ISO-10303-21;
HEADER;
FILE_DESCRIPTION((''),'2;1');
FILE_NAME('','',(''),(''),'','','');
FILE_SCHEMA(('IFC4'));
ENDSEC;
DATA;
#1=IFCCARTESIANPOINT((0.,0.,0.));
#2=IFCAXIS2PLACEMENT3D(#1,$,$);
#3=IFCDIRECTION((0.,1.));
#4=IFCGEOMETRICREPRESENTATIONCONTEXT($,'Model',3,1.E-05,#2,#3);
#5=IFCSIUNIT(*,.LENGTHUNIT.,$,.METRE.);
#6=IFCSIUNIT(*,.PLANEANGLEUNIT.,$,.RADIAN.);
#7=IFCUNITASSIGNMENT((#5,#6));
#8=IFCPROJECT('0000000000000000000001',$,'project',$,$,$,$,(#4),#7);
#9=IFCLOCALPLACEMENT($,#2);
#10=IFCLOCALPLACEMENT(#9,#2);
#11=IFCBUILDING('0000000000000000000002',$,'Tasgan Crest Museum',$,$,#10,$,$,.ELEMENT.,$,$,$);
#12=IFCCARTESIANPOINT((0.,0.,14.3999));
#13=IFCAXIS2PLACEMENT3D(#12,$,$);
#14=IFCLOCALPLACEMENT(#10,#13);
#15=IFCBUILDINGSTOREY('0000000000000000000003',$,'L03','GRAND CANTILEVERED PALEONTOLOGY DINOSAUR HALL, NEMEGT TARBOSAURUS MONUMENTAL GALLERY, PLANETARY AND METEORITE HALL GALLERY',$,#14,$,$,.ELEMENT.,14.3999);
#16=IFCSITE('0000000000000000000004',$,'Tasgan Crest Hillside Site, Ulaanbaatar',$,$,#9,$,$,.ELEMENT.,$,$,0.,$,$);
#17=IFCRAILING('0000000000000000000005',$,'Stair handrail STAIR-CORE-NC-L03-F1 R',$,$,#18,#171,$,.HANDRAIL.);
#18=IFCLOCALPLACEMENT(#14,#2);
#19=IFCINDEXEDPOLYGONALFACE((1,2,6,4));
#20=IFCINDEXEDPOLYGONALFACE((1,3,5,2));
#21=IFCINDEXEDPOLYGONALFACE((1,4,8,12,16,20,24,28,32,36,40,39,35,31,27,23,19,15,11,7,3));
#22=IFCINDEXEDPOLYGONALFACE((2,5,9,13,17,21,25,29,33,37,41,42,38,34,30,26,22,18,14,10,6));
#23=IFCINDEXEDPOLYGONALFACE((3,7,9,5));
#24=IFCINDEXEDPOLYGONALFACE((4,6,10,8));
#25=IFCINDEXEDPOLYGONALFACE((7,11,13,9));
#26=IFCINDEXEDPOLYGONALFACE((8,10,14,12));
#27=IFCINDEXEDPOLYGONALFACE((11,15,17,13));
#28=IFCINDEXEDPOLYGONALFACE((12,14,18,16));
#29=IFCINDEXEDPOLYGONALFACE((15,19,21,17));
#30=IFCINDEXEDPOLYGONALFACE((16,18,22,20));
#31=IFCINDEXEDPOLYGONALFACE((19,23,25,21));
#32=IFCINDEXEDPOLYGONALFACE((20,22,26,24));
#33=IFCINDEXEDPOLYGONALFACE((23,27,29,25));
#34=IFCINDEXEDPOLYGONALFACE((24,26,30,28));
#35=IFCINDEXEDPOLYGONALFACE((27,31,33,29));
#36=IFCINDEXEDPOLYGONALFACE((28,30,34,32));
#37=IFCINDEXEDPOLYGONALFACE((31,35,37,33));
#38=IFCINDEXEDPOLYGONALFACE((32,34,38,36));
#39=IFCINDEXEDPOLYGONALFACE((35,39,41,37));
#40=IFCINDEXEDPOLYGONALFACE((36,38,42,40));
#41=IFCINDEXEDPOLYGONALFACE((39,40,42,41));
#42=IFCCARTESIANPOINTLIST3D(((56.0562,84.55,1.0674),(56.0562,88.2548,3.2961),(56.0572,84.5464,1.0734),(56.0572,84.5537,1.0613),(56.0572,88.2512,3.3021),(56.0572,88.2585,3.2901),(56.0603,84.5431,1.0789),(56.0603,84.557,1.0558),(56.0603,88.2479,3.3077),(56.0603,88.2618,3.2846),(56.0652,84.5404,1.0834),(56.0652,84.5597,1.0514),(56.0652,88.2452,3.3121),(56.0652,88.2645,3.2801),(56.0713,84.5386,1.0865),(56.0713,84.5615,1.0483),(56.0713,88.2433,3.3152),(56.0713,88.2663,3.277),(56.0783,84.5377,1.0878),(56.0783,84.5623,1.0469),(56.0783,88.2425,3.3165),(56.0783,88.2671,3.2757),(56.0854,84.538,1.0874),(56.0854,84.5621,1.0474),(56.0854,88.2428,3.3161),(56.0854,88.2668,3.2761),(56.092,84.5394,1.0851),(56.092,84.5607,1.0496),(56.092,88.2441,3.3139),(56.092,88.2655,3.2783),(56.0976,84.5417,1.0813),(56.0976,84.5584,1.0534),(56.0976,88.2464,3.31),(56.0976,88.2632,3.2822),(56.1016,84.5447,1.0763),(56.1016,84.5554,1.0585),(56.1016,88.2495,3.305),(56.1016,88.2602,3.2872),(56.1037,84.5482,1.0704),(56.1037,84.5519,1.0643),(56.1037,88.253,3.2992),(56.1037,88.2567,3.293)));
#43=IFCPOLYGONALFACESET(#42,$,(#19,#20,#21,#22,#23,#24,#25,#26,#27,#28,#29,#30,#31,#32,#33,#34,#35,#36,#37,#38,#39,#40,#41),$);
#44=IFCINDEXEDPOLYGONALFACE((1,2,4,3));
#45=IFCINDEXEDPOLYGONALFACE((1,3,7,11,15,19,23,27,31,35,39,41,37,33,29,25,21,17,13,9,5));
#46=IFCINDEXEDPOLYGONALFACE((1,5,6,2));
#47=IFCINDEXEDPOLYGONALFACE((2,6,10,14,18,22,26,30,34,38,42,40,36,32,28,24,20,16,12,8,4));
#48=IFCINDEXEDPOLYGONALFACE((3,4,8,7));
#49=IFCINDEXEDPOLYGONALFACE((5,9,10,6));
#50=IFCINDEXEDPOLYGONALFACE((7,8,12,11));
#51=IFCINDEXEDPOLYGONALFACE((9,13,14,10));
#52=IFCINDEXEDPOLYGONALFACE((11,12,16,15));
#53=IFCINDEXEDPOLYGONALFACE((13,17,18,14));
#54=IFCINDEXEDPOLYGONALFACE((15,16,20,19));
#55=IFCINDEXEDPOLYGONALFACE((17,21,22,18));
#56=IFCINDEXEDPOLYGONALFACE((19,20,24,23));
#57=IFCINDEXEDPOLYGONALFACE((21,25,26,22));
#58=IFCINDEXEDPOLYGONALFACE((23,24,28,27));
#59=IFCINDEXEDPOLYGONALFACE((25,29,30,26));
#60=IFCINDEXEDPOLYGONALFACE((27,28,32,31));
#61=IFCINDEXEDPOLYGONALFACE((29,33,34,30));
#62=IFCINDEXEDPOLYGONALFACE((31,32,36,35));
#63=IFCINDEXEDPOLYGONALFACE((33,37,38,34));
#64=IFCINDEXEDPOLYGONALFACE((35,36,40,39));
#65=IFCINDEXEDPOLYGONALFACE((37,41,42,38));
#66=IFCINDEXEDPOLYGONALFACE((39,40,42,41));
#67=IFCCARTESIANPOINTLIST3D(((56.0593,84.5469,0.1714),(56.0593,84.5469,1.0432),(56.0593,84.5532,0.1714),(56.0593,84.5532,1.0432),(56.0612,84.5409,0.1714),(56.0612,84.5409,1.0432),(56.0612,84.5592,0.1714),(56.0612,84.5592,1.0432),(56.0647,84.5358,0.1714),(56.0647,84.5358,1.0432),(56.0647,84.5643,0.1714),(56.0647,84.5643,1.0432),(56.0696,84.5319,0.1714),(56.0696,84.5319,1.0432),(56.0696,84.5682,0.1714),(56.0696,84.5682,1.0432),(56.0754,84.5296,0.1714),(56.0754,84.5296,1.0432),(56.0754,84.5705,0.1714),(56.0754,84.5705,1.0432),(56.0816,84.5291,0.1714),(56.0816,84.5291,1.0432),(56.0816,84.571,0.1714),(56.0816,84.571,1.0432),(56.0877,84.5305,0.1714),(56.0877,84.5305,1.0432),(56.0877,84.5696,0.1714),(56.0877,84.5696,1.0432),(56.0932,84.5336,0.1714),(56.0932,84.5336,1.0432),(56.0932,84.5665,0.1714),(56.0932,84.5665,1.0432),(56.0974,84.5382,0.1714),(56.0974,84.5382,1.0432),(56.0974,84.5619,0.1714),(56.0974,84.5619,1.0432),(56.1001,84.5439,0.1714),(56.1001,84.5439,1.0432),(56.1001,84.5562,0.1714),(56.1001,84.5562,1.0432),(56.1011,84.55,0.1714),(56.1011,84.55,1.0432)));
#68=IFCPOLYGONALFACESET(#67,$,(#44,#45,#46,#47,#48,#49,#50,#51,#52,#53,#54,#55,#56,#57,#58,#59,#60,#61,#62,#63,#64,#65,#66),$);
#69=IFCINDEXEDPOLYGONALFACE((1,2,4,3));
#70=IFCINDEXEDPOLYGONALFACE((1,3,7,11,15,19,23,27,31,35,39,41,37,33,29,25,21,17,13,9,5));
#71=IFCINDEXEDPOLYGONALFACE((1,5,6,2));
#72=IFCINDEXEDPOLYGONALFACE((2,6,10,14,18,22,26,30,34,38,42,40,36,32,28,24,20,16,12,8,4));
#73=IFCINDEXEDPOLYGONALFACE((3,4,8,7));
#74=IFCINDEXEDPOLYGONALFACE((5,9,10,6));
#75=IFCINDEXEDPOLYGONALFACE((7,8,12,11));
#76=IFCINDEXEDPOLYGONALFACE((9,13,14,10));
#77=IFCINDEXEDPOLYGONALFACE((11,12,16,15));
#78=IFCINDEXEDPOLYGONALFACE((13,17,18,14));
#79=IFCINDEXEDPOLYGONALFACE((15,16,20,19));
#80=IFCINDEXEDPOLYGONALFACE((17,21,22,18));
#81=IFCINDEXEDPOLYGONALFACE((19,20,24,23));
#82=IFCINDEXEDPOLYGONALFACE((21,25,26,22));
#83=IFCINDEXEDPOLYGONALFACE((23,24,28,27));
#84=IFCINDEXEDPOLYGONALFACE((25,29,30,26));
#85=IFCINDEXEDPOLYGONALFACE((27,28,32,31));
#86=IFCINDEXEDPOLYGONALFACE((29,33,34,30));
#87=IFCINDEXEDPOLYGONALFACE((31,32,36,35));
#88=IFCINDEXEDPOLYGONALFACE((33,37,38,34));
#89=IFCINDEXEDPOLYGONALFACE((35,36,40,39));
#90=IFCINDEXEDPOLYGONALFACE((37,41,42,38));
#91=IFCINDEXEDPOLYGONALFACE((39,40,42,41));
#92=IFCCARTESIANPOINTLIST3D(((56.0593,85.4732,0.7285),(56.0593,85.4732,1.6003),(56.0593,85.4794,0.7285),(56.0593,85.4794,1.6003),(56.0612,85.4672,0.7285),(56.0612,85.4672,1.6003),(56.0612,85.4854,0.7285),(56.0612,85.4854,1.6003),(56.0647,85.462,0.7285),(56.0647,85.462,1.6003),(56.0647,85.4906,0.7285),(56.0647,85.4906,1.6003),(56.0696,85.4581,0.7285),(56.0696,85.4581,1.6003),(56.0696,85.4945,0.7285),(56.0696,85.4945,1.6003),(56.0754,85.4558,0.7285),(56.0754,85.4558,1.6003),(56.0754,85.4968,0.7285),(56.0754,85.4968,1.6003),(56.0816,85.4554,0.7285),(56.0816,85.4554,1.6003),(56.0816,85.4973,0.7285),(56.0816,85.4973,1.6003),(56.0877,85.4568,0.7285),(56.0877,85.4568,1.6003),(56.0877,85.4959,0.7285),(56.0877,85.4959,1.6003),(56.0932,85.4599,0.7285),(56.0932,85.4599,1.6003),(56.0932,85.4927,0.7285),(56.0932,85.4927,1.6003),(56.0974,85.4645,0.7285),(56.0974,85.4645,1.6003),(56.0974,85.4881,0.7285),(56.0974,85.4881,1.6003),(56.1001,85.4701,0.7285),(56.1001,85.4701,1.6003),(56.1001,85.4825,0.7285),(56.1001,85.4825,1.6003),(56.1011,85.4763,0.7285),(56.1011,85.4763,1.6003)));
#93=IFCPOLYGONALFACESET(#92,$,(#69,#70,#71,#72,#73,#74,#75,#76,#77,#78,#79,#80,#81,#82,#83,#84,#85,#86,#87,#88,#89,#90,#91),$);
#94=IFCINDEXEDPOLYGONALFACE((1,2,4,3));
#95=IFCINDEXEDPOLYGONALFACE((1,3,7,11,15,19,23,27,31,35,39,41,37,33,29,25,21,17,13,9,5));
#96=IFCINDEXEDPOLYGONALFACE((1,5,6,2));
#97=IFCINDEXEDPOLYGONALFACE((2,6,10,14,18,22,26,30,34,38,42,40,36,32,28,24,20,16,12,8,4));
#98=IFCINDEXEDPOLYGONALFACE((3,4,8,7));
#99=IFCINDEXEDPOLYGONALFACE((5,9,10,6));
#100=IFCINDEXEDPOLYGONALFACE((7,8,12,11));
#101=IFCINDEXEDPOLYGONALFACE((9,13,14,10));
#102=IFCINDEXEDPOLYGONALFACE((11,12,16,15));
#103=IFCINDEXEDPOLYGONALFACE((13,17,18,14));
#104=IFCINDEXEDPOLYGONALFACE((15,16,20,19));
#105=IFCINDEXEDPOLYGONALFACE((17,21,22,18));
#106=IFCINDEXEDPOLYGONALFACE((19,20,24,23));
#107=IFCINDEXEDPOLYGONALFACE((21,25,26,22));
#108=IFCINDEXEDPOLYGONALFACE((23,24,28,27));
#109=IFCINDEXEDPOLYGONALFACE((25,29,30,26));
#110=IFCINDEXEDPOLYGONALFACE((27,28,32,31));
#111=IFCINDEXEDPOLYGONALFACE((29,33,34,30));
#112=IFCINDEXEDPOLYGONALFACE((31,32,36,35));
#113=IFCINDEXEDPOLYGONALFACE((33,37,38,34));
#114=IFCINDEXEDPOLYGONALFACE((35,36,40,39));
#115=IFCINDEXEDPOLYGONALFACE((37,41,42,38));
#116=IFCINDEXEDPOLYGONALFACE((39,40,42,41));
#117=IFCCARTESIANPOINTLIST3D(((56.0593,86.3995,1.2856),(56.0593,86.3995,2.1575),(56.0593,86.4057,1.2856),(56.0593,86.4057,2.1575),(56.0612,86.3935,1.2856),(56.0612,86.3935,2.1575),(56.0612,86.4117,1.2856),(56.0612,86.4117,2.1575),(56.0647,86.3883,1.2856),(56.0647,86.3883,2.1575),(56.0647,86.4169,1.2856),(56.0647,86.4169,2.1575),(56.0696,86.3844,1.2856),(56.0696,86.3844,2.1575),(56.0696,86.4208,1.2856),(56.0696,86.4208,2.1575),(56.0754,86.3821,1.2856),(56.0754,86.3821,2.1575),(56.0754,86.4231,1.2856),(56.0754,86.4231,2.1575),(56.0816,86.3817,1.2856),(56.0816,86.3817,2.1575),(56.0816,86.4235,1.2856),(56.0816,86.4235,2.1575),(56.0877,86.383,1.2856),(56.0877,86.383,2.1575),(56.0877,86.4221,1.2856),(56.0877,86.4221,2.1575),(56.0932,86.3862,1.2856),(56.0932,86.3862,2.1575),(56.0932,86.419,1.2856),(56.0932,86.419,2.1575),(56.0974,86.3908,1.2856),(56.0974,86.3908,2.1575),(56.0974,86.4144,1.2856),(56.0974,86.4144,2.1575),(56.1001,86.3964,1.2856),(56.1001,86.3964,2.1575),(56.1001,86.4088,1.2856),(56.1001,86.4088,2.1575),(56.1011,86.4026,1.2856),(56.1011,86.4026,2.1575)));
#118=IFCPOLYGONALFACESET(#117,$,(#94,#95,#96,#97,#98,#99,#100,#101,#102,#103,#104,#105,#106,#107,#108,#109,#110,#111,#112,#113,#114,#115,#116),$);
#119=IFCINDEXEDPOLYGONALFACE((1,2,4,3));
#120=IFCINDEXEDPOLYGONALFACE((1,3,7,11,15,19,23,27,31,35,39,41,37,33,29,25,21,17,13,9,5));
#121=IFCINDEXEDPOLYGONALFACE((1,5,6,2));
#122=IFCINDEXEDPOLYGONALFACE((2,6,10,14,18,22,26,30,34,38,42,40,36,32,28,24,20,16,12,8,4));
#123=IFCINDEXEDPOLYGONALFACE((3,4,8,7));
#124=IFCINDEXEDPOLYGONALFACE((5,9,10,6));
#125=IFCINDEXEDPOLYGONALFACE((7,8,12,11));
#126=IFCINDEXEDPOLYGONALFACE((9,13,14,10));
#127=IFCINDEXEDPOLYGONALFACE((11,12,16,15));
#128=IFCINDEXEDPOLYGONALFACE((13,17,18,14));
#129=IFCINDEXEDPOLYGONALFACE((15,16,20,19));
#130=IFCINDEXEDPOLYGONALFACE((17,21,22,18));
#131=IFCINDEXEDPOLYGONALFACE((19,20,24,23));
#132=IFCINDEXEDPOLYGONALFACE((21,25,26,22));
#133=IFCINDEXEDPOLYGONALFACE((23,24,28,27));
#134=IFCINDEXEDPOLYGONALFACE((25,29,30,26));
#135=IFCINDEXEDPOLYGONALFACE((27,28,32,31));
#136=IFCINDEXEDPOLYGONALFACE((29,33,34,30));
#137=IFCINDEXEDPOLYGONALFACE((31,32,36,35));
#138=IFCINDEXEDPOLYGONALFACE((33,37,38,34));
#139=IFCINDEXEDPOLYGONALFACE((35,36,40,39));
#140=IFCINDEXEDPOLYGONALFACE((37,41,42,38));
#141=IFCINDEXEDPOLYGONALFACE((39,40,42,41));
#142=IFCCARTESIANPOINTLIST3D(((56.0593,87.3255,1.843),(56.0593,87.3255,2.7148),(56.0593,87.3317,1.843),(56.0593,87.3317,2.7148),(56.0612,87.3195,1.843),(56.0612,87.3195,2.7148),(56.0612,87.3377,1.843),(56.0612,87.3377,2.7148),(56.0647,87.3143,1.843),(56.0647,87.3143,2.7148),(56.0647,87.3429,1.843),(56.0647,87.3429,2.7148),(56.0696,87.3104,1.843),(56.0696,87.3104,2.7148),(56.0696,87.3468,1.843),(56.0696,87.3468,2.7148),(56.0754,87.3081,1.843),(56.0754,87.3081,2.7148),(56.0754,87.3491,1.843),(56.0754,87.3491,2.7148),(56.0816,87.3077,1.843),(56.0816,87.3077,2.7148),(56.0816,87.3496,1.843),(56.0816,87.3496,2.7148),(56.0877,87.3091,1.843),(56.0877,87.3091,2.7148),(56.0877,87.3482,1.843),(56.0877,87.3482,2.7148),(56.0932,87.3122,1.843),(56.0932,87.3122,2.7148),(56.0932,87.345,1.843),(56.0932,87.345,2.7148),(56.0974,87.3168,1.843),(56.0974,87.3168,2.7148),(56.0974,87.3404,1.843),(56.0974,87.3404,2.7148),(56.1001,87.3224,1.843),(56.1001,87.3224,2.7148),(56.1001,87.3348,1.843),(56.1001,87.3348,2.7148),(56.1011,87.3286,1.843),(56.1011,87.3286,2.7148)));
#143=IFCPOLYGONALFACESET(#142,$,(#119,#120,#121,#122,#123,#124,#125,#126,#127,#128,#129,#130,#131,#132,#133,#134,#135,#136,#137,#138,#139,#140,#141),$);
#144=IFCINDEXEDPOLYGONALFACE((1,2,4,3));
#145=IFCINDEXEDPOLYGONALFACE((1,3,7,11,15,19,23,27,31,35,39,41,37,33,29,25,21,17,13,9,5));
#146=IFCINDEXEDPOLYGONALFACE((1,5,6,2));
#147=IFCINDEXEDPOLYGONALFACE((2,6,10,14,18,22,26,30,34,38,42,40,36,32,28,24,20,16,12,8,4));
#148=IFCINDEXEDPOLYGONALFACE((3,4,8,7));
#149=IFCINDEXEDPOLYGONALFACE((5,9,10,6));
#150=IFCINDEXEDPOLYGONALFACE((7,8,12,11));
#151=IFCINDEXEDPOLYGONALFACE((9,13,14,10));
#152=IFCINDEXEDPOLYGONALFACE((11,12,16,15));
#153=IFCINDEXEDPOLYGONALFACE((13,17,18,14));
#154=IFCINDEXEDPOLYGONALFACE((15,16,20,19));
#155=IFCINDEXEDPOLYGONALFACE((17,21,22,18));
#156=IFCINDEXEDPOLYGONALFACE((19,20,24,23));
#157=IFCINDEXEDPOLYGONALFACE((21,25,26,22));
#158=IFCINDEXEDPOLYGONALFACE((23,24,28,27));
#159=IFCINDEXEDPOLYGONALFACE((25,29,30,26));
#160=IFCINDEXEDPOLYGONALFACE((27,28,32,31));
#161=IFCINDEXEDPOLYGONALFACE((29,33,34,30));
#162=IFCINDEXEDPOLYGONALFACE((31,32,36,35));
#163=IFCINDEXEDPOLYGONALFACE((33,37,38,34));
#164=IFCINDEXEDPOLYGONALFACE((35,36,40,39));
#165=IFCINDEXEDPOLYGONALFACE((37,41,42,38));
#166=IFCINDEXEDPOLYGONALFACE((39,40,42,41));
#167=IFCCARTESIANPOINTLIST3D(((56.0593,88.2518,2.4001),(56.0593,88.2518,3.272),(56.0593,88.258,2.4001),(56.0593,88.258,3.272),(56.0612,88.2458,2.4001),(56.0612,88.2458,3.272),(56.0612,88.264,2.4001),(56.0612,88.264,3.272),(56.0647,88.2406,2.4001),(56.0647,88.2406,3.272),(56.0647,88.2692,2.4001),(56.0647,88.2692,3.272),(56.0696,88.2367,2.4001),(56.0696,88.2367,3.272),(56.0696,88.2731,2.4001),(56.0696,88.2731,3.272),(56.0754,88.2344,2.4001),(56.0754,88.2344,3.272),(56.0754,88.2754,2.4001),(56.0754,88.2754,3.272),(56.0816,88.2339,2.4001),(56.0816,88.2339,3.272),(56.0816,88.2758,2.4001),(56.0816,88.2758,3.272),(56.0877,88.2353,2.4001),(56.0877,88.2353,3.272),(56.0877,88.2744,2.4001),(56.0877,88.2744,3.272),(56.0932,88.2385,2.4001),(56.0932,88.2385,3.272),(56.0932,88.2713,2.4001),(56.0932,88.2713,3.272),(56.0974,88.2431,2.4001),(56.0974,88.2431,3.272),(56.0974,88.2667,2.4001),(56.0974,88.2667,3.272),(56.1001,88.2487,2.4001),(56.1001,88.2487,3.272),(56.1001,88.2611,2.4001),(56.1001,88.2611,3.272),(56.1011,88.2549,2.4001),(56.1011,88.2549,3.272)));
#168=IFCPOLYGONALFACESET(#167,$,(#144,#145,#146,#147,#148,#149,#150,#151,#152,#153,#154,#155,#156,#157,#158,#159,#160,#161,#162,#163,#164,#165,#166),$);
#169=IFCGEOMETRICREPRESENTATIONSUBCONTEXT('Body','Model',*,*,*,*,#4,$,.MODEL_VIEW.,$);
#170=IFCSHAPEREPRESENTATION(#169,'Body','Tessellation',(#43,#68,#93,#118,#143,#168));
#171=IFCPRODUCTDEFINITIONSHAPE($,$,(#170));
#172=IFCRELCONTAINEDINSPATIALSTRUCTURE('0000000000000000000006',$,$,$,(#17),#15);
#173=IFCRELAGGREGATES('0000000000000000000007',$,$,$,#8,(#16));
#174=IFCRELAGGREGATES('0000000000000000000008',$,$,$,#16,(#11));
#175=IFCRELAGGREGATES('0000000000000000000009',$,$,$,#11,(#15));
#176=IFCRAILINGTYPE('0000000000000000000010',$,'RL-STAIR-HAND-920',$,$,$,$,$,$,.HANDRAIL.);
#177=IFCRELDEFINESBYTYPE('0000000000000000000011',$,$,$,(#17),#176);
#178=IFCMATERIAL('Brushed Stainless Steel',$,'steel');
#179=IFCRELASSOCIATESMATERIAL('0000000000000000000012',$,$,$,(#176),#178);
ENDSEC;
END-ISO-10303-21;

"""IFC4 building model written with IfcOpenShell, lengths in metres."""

from ifc_helpers import new_model, si_unit, direction, frame, origin, origin_2d, place, context, subcontext, project, spatial, circle, extrude, material, type_object, element, save


model = new_model("IFC4")

# Units and contexts
model_context = context("Model", 3, precision=1e-05, world=origin(), true_north=direction((0.0, 1.0)))
body_context = subcontext(model_context, "Body", "Model", "MODEL_VIEW")
ifc_project = project(units=[si_unit("LENGTHUNIT", "METRE"), si_unit("PLANEANGLEUNIT", "RADIAN")], contexts=[model_context])

# Site, building, storey
site_placement = place(None, origin())
site = spatial("IfcSite", under=ifc_project, at=site_placement, Name="Tasgan Crest Hillside Site, Ulaanbaatar", CompositionType="ELEMENT", RefElevation=0.0)
building_placement = place(site_placement, origin())
building = spatial("IfcBuilding", under=site, at=building_placement, Name="Tasgan Crest Museum", CompositionType="ELEMENT")
storey_placement = place(building_placement, frame((0.0, 0.0, 14.3999)))
storey = spatial("IfcBuildingStorey", under=building, at=storey_placement, Name="L03", Description="GRAND CANTILEVERED PALEONTOLOGY DINOSAUR HALL, NEMEGT TARBOSAURUS MONUMENTAL GALLERY, PLANETARY AND METEORITE HALL GALLERY", CompositionType="ELEMENT", Elevation=14.3999)

# Railing
ifc_material_1 = material(Name="Brushed Stainless Steel", Category="steel")
railing_type_1 = type_object("IfcRailingType", Name="RL-STAIR-HAND-920", PredefinedType="HANDRAIL", material=ifc_material_1)
for number, where, name in (
    (1, (56.0801, 84.55, 0.1714), "Stair handrail STAIR-CORE-NC-L03-F1 R"),
):
    element("IfcRailing", number, at=place(storey_placement, frame(where)), inside=storey, type_object=railing_type_1, Name=name, PredefinedType="HANDRAIL", context=body_context, shape_type="SweptSolid", body=[
        extrude(circle(Radius=0.0239, at=origin_2d()), frame((0.0, 0.0, 0.896), z_axis=(0.0, 0.856894, 0.515492), x_axis=(-1.0, 0.0, 0.0)), (0.0, 0.0, 1.0), 4.3235),
        extrude(circle(Radius=0.021, at=origin_2d()), origin(), (0.0, 0.0, 1.0), 0.8718),
        extrude(circle(Radius=0.021, at=origin_2d()), frame((0.0, 0.9263, 0.5571)), (0.0, 0.0, 1.0), 0.8718),
        extrude(circle(Radius=0.021, at=origin_2d()), frame((0.0, 1.8525, 1.1143)), (0.0, 0.0, 1.0), 0.8718),
        extrude(circle(Radius=0.021, at=origin_2d()), frame((0.0, 2.7786, 1.6716)), (0.0, 0.0, 1.0), 0.8718),
        extrude(circle(Radius=0.021, at=origin_2d()), frame((0.0, 3.7048, 2.2288)), (0.0, 0.0, 1.0), 0.8718),
    ])

save(model, "model.ifc")
